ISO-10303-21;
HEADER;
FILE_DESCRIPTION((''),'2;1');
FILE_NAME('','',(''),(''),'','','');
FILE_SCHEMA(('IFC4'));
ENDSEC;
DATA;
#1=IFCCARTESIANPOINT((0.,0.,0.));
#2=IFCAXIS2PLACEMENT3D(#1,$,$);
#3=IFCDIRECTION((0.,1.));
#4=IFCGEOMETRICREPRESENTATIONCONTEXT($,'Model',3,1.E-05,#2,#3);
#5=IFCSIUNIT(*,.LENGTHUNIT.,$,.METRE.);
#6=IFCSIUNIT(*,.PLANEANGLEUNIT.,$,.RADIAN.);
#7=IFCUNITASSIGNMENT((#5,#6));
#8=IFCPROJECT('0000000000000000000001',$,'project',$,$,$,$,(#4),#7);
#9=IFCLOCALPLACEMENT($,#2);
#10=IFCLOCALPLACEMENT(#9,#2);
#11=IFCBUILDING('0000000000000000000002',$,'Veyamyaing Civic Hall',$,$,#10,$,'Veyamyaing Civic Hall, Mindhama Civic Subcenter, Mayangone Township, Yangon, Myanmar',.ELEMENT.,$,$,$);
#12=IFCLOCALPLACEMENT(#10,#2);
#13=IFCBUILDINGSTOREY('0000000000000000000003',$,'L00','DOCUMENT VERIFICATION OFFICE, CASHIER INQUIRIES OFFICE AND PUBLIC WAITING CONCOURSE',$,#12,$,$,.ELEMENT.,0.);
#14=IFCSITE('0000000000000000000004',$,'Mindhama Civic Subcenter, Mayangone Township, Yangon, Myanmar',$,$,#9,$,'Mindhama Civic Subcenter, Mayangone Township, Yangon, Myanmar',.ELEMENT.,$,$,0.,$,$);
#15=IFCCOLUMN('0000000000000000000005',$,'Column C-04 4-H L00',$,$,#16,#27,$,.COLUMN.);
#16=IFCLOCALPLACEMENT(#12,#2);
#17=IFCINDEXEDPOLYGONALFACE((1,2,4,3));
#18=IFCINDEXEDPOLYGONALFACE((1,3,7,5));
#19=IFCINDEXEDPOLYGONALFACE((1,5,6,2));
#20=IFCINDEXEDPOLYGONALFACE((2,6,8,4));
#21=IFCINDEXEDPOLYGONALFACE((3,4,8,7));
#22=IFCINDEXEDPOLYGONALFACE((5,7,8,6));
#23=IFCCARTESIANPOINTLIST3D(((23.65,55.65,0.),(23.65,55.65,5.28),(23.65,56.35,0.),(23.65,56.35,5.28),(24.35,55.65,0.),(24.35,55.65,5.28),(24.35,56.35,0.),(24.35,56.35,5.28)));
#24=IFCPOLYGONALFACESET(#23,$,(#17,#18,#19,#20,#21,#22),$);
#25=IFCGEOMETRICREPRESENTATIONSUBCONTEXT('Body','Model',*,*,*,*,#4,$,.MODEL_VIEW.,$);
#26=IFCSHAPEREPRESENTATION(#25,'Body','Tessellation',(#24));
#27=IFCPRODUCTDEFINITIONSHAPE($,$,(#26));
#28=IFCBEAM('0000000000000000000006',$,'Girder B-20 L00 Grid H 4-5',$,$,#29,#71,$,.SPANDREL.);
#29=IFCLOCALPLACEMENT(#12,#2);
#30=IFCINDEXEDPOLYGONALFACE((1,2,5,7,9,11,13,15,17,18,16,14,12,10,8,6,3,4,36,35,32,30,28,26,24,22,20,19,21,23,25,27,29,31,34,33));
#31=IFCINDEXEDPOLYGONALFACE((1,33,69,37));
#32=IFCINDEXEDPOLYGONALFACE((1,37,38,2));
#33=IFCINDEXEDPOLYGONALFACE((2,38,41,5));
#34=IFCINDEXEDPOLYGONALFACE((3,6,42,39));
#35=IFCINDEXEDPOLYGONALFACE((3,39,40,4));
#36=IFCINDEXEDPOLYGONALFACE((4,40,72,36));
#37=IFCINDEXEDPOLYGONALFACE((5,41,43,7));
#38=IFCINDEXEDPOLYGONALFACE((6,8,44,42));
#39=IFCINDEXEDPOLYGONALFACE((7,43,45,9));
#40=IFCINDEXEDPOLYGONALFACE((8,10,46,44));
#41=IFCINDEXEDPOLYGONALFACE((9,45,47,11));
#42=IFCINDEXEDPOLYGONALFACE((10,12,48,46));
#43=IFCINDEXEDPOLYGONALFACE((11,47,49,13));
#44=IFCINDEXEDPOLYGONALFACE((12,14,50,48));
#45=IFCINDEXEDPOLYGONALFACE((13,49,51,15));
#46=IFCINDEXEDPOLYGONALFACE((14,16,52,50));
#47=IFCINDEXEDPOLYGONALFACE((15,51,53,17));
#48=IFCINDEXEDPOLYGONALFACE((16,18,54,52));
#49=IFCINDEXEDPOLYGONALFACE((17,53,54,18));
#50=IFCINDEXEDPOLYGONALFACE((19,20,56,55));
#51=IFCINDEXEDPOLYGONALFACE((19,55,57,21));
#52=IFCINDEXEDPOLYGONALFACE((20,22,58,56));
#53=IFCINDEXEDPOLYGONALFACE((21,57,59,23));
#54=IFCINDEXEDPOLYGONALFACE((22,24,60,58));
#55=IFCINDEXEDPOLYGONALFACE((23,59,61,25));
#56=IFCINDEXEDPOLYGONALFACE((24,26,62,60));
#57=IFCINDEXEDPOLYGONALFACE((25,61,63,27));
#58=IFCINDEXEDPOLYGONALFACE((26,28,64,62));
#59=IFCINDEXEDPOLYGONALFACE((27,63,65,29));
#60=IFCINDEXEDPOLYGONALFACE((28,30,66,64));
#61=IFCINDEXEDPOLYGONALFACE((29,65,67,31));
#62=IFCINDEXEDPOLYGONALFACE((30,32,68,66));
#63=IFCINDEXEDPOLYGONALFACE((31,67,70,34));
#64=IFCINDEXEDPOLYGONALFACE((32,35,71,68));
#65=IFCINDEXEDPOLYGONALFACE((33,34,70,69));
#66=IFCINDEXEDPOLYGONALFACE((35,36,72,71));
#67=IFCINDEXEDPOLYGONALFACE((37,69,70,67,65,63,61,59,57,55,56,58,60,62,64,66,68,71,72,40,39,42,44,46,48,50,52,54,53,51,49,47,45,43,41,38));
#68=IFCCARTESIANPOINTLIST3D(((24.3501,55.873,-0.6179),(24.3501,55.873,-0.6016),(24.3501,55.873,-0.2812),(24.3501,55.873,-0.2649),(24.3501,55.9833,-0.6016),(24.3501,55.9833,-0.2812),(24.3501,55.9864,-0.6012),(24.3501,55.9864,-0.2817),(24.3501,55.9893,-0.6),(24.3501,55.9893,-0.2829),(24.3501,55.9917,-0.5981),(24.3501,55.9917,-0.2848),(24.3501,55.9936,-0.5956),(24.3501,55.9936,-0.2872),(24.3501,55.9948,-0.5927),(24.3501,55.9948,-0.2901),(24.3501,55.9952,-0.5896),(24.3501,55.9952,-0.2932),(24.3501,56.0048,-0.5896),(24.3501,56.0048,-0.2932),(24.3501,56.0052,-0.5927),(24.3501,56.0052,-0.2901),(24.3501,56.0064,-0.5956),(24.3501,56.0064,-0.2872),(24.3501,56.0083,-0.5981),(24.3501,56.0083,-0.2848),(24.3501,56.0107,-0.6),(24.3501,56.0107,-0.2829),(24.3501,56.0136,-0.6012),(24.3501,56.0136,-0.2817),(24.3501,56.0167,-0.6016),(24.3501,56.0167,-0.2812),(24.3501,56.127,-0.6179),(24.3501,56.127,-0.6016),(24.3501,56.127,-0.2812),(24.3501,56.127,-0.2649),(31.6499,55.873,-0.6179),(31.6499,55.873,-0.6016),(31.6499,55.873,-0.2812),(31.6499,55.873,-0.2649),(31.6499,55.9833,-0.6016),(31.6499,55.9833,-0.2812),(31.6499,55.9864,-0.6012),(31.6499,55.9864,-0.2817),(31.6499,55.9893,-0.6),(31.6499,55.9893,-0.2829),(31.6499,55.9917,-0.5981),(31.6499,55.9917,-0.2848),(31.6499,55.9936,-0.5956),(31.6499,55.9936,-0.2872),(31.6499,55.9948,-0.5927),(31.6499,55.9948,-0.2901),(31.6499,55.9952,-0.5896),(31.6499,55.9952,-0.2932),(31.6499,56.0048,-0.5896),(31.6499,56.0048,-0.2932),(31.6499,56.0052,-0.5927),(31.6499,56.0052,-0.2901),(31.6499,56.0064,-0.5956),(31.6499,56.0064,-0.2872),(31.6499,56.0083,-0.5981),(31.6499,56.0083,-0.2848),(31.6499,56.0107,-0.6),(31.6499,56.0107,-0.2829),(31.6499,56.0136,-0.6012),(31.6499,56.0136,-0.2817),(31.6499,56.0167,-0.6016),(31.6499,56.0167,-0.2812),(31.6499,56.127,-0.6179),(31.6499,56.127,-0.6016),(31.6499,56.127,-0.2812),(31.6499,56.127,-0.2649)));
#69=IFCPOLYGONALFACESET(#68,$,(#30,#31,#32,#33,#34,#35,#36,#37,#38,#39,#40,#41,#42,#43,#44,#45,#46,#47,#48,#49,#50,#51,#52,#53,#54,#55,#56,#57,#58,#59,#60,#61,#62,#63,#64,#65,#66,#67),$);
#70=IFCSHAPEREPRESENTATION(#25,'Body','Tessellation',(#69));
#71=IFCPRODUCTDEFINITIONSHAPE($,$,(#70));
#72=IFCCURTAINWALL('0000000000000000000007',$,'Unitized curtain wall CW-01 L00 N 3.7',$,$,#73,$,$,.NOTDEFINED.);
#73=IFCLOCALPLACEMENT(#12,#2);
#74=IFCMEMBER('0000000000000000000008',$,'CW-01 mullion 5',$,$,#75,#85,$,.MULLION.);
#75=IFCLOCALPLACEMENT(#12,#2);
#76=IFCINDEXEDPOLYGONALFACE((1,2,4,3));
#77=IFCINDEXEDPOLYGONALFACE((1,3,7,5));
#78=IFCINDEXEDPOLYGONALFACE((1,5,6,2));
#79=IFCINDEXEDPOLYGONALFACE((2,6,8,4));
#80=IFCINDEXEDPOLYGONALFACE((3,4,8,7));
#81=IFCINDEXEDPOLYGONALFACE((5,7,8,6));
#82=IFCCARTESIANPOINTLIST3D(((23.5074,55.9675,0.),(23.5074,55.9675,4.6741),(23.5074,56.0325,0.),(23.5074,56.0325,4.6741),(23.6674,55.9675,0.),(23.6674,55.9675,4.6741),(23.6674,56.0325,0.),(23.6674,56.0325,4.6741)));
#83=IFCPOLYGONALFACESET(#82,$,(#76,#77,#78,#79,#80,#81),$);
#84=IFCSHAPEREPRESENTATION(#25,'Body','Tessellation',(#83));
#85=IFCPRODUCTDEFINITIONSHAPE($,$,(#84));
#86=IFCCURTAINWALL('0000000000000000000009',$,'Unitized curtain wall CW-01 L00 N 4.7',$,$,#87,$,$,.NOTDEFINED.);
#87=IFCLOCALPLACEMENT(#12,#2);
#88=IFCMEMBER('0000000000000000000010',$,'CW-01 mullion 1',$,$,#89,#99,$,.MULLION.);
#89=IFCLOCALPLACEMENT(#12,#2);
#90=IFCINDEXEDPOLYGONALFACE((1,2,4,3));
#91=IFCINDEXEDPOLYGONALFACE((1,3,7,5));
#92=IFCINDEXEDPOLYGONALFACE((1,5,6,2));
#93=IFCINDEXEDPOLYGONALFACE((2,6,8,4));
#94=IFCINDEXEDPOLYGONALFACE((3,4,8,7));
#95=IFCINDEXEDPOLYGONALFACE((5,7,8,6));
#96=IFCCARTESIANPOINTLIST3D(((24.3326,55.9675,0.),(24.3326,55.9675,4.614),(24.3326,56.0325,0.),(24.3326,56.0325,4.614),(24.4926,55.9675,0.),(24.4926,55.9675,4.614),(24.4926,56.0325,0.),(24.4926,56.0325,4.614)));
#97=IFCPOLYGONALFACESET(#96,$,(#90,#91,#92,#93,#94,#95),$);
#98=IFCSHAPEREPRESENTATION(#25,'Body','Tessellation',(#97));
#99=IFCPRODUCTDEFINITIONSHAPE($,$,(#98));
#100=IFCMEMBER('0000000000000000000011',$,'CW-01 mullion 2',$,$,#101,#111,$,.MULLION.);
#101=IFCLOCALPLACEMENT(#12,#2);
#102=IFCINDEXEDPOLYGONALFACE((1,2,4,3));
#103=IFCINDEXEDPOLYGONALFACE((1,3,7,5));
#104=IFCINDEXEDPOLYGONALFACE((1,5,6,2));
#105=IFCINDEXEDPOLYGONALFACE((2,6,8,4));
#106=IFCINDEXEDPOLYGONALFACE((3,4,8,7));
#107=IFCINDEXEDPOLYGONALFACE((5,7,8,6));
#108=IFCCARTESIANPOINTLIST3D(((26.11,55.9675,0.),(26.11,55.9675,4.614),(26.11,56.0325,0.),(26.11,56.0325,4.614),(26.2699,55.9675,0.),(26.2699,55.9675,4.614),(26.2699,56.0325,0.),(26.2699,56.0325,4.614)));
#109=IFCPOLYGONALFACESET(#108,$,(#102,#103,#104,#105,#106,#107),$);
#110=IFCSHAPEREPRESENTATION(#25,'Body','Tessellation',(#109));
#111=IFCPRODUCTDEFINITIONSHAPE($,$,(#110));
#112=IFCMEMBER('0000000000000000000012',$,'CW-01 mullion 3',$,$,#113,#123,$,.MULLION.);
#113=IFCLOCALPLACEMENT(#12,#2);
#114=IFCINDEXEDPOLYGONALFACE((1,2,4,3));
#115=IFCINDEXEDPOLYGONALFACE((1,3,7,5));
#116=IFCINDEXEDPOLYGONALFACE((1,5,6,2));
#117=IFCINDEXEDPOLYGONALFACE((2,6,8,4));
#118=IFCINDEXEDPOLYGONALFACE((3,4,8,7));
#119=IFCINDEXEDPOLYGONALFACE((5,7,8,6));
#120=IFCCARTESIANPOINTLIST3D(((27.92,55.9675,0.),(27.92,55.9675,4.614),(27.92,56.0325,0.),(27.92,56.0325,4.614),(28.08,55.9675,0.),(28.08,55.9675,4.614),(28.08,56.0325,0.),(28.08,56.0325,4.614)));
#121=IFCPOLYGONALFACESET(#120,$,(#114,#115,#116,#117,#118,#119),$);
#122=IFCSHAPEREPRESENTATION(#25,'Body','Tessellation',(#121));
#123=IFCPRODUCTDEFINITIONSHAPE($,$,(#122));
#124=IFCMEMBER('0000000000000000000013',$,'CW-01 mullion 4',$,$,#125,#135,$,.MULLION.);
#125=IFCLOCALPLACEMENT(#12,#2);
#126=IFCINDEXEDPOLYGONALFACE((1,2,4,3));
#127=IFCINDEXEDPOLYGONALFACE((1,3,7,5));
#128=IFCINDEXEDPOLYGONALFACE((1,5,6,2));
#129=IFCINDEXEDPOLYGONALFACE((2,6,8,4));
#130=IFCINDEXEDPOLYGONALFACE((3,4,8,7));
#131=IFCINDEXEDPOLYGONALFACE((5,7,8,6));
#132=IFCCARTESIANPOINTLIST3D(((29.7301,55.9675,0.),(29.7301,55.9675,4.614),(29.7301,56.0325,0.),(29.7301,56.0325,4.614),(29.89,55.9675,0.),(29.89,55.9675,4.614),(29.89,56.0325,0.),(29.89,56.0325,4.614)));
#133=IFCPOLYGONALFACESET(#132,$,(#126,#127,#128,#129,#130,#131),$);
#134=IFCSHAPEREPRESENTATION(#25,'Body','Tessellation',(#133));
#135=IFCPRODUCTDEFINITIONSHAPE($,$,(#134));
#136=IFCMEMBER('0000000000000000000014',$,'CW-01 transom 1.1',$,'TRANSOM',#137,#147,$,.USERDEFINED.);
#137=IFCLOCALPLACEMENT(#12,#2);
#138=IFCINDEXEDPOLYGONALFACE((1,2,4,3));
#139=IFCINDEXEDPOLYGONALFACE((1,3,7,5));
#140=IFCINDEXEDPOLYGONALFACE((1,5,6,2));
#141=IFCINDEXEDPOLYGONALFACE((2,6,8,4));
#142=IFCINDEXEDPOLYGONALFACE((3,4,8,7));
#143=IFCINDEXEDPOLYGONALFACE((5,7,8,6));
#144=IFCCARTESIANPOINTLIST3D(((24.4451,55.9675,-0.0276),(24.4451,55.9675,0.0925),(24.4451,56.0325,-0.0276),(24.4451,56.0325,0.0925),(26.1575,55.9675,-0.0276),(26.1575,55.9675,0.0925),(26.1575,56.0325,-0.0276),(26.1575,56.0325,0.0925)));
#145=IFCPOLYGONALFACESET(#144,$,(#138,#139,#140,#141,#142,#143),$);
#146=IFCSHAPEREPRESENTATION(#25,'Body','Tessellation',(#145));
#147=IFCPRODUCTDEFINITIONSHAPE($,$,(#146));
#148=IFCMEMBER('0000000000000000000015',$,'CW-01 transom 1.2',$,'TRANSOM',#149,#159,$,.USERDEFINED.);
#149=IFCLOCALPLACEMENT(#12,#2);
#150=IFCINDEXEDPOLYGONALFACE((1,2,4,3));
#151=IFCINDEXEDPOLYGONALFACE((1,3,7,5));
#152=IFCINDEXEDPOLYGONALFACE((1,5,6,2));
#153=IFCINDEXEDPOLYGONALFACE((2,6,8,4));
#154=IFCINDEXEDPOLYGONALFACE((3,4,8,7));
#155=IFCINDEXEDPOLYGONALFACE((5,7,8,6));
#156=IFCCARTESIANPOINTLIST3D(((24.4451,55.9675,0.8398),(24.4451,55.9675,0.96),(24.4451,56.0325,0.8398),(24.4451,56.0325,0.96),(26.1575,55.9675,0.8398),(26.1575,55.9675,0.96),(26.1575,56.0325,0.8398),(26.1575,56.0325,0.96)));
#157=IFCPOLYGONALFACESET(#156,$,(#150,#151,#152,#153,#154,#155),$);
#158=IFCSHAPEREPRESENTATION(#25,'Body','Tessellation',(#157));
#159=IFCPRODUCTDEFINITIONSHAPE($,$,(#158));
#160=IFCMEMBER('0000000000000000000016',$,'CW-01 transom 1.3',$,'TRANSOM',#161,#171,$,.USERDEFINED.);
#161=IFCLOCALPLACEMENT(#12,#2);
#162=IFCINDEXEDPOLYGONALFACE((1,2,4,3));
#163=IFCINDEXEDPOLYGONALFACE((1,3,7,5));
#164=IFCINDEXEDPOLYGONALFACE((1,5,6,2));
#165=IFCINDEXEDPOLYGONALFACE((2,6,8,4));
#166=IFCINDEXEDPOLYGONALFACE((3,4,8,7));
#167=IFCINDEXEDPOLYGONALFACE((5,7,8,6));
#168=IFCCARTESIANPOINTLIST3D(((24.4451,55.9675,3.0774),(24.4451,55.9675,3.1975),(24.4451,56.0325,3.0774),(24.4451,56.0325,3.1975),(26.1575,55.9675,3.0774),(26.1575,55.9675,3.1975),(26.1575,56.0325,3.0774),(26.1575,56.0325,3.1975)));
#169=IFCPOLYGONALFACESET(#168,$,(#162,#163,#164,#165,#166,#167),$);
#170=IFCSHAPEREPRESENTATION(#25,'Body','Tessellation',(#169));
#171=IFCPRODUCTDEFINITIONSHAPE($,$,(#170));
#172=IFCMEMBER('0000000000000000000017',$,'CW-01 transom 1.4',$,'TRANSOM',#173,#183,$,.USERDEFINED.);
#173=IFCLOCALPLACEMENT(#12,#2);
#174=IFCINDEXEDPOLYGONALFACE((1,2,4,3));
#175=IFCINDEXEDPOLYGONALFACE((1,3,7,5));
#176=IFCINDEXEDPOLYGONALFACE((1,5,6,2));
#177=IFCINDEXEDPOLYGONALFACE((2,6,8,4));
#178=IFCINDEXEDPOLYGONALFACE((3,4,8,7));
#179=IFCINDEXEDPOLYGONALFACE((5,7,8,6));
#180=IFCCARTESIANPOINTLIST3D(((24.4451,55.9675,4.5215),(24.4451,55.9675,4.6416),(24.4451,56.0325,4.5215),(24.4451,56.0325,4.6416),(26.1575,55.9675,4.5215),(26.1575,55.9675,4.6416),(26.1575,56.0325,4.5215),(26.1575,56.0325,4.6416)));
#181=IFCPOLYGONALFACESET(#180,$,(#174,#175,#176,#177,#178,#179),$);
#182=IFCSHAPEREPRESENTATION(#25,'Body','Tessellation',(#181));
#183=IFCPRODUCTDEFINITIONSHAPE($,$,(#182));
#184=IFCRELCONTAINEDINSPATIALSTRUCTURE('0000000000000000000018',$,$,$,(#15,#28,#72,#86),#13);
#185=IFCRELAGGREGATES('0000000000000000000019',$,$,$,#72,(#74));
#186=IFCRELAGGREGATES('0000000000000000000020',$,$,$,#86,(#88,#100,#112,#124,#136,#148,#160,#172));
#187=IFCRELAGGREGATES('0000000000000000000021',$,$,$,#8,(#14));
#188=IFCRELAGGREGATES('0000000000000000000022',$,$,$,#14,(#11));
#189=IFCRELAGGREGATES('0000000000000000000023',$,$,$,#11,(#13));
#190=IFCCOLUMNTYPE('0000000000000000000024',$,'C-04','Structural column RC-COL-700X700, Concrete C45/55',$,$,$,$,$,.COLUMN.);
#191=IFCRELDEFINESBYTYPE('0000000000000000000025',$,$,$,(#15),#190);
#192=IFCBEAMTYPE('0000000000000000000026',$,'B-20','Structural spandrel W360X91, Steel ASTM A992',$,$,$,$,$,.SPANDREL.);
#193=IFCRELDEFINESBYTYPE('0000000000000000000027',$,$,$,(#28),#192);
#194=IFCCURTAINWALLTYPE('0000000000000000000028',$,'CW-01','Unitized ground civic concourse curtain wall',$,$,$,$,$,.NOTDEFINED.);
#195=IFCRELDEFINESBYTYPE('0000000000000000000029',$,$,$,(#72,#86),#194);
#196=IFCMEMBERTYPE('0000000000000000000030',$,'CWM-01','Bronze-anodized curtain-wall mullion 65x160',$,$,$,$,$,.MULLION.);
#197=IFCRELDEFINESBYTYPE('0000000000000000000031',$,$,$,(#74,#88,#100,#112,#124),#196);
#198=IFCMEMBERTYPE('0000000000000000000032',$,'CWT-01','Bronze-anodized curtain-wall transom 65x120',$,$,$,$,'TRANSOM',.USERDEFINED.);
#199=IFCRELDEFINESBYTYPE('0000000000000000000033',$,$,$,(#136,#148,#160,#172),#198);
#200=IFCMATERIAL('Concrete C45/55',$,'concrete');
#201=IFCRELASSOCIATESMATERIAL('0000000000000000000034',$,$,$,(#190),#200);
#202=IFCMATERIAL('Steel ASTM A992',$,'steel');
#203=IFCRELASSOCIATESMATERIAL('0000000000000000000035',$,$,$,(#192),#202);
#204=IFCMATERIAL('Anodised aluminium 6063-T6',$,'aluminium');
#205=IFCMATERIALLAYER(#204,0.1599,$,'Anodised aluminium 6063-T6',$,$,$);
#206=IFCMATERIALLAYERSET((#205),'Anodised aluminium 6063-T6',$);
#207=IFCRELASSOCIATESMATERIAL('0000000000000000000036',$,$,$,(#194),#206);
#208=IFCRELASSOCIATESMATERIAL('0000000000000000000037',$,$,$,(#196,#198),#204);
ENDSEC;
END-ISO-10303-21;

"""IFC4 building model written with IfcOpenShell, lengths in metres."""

from ifc_helpers import new_model, si_unit, direction, frame, origin, origin_2d, place, context, subcontext, project, spatial, rectangle, i_section, extrude, material, layer, layer_set, material_profile, profile_set, type_object, element, aggregate, save


model = new_model("IFC4")

# Units and contexts
model_context = context("Model", 3, precision=1e-05, world=origin(), true_north=direction((0.0, 1.0)))
body_context = subcontext(model_context, "Body", "Model", "MODEL_VIEW")
ifc_project = project(units=[si_unit("LENGTHUNIT", "METRE"), si_unit("PLANEANGLEUNIT", "RADIAN")], contexts=[model_context])

# Site, building, storey
site_placement = place(None, origin())
site = spatial("IfcSite", under=ifc_project, at=site_placement, Name="Mindhama Civic Subcenter, Mayangone Township, Yangon, Myanmar", LongName="Mindhama Civic Subcenter, Mayangone Township, Yangon, Myanmar", CompositionType="ELEMENT", RefElevation=0.0)
building_placement = place(site_placement, origin())
building = spatial("IfcBuilding", under=site, at=building_placement, Name="Veyamyaing Civic Hall", LongName="Veyamyaing Civic Hall, Mindhama Civic Subcenter, Mayangone Township, Yangon, Myanmar", CompositionType="ELEMENT")
storey_placement = place(building_placement, origin())
storey = spatial("IfcBuildingStorey", under=building, at=storey_placement, Name="L00", Description="DOCUMENT VERIFICATION OFFICE, CASHIER INQUIRIES OFFICE AND PUBLIC WAITING CONCOURSE", CompositionType="ELEMENT", Elevation=0.0)

# Column
ifc_material_1 = material(Name="Concrete C45/55", Category="concrete")
ifc_material_profile_1 = material_profile(ifc_material_1, rectangle(XDim=0.7, YDim=0.7, at=origin_2d()), Name="RC-COL-700X700")
ifc_profile_set_1 = profile_set([ifc_material_profile_1], Name="Concrete C45/55")
column_type = type_object("IfcColumnType", Name="C-04", Description="Structural column RC-COL-700X700, Concrete C45/55", PredefinedType="COLUMN", material=ifc_profile_set_1)
column_placement = place(storey_placement, frame((24.0, 56.0, 0.0), z_axis=(0.0, 0.0, 1.0), x_axis=(1.0, 0.0, 0.0)))
element("IfcColumn", 1, at=column_placement, inside=storey, type_object=column_type, Name="Column C-04 4-H L00", PredefinedType="COLUMN", context=body_context, shape_type="SweptSolid", body=[
    extrude(rectangle(XDim=0.7, YDim=0.7, at=origin_2d()), origin(), (0.0, 0.0, 1.0), 5.28),
])

# Beam
ifc_material_2 = material(Name="Steel ASTM A992", Category="steel")
ifc_material_profile_2 = material_profile(ifc_material_2, i_section(OverallWidth=0.2539, OverallDepth=0.353, WebThickness=0.0095, FlangeThickness=0.0164, FilletRadius=0.012, at=origin_2d()), Name="W360X91")
ifc_profile_set_2 = profile_set([ifc_material_profile_2], Name="Steel ASTM A992")
beam_type = type_object("IfcBeamType", Name="B-20", Description="Structural spandrel W360X91, Steel ASTM A992", PredefinedType="SPANDREL", material=ifc_profile_set_2)
beam_placement = place(storey_placement, frame((24.3501, 56.0, -0.4414), z_axis=(1.0, 0.0, 0.0), x_axis=(0.0, 1.0, 0.0)))
element("IfcBeam", 2, at=beam_placement, inside=storey, type_object=beam_type, Name="Girder B-20 L00 Grid H 4-5", PredefinedType="SPANDREL", context=body_context, shape_type="SweptSolid", body=[
    extrude(i_section(OverallWidth=0.2539, OverallDepth=0.353, WebThickness=0.0095, FlangeThickness=0.0164, FilletRadius=0.012, at=origin_2d()), origin(), (0.0, 0.0, 1.0), 7.2998),
])

# Curtain wall, member
ifc_material_3 = material(Name="Anodised aluminium 6063-T6", Category="aluminium")
ifc_layer_1 = layer(ifc_material_3, 0.1599, Name="Anodised aluminium 6063-T6")
ifc_layer_set_1 = layer_set([ifc_layer_1], Name="Anodised aluminium 6063-T6")
curtain_wall_type = type_object("IfcCurtainWallType", Name="CW-01", Description="Unitized ground civic concourse curtain wall", PredefinedType="NOTDEFINED", material=ifc_layer_set_1)
curtain_wall_1_placement = place(storey_placement, origin())
curtain_wall_1 = element("IfcCurtainWall", 3, at=curtain_wall_1_placement, inside=storey, type_object=curtain_wall_type, Name="Unitized curtain wall CW-01 L00 N 3.7", PredefinedType="NOTDEFINED")
ifc_material_profile_3 = material_profile(ifc_material_3, rectangle(XDim=0.0649, YDim=0.1599, at=origin_2d()), Name="ALU-MUL-65X160")
ifc_profile_set_3 = profile_set([ifc_material_profile_3], Name="Anodised aluminium 6063-T6")
member_type_1 = type_object("IfcMemberType", Name="CWM-01", Description="Bronze-anodized curtain-wall mullion 65x160", PredefinedType="MULLION", material=ifc_profile_set_3)
member_1_placement = place(storey_placement, frame((23.5874, 56.0, 0.0), z_axis=(0.0, 0.0, 1.0), x_axis=(0.0, 1.0, 0.0)))
member_1 = element("IfcMember", 4, at=member_1_placement, type_object=member_type_1, Name="CW-01 mullion 5", PredefinedType="MULLION", context=body_context, shape_type="SweptSolid", body=[
    extrude(rectangle(XDim=0.0649, YDim=0.1599, at=origin_2d()), origin(), (0.0, 0.0, 1.0), 4.6741),
])
aggregate(curtain_wall_1, [member_1])

# Curtain wall, members
curtain_wall_2_placement = place(storey_placement, origin())
curtain_wall_2 = element("IfcCurtainWall", 5, at=curtain_wall_2_placement, inside=storey, type_object=curtain_wall_type, Name="Unitized curtain wall CW-01 L00 N 4.7", PredefinedType="NOTDEFINED")
member_2_placement = place(storey_placement, frame((24.4126, 56.0, 0.0), z_axis=(0.0, 0.0, 1.0), x_axis=(0.0, 1.0, 0.0)))
member_2 = element("IfcMember", 6, at=member_2_placement, type_object=member_type_1, Name="CW-01 mullion 1", PredefinedType="MULLION", context=body_context, shape_type="SweptSolid", body=[
    extrude(rectangle(XDim=0.0649, YDim=0.1599, at=origin_2d()), origin(), (0.0, 0.0, 1.0), 4.614),
])
member_3_placement = place(storey_placement, frame((26.1899, 56.0, 0.0), z_axis=(0.0, 0.0, 1.0), x_axis=(0.0, 1.0, 0.0)))
member_3 = element("IfcMember", 7, at=member_3_placement, type_object=member_type_1, Name="CW-01 mullion 2", PredefinedType="MULLION", context=body_context, shape_type="SweptSolid", body=[
    extrude(rectangle(XDim=0.0649, YDim=0.1599, at=origin_2d()), origin(), (0.0, 0.0, 1.0), 4.614),
])
member_4_placement = place(storey_placement, frame((28.0, 56.0, 0.0), z_axis=(0.0, 0.0, 1.0), x_axis=(0.0, 1.0, 0.0)))
member_4 = element("IfcMember", 8, at=member_4_placement, type_object=member_type_1, Name="CW-01 mullion 3", PredefinedType="MULLION", context=body_context, shape_type="SweptSolid", body=[
    extrude(rectangle(XDim=0.0649, YDim=0.1599, at=origin_2d()), origin(), (0.0, 0.0, 1.0), 4.614),
])
member_5_placement = place(storey_placement, frame((29.8101, 56.0, 0.0), z_axis=(0.0, 0.0, 1.0), x_axis=(0.0, 1.0, 0.0)))
member_5 = element("IfcMember", 9, at=member_5_placement, type_object=member_type_1, Name="CW-01 mullion 4", PredefinedType="MULLION", context=body_context, shape_type="SweptSolid", body=[
    extrude(rectangle(XDim=0.0649, YDim=0.1599, at=origin_2d()), origin(), (0.0, 0.0, 1.0), 4.614),
])
ifc_material_profile_4 = material_profile(ifc_material_3, rectangle(XDim=0.0649, YDim=0.1201, at=origin_2d()), Name="ALU-TRN-65X120")
ifc_profile_set_4 = profile_set([ifc_material_profile_4], Name="Anodised aluminium 6063-T6")
member_type_2 = type_object("IfcMemberType", Name="CWT-01", Description="Bronze-anodized curtain-wall transom 65x120", ElementType="TRANSOM", PredefinedType="USERDEFINED", material=ifc_profile_set_4)
member_6_placement = place(storey_placement, frame((24.4451, 56.0, 0.0325), z_axis=(1.0, 0.0, 0.0), x_axis=(0.0, 1.0, 0.0)))
member_6 = element("IfcMember", 10, at=member_6_placement, type_object=member_type_2, Name="CW-01 transom 1.1", ObjectType="TRANSOM", PredefinedType="USERDEFINED", context=body_context, shape_type="SweptSolid", body=[
    extrude(rectangle(XDim=0.0649, YDim=0.1201, at=origin_2d()), origin(), (0.0, 0.0, 1.0), 1.7124),
])
member_7_placement = place(storey_placement, frame((24.4451, 56.0, 0.8999), z_axis=(1.0, 0.0, 0.0), x_axis=(0.0, 1.0, 0.0)))
member_7 = element("IfcMember", 11, at=member_7_placement, type_object=member_type_2, Name="CW-01 transom 1.2", ObjectType="TRANSOM", PredefinedType="USERDEFINED", context=body_context, shape_type="SweptSolid", body=[
    extrude(rectangle(XDim=0.0649, YDim=0.1201, at=origin_2d()), origin(), (0.0, 0.0, 1.0), 1.7124),
])
member_8_placement = place(storey_placement, frame((24.4451, 56.0, 3.1375), z_axis=(1.0, 0.0, 0.0), x_axis=(0.0, 1.0, 0.0)))
member_8 = element("IfcMember", 12, at=member_8_placement, type_object=member_type_2, Name="CW-01 transom 1.3", ObjectType="TRANSOM", PredefinedType="USERDEFINED", context=body_context, shape_type="SweptSolid", body=[
    extrude(rectangle(XDim=0.0649, YDim=0.1201, at=origin_2d()), origin(), (0.0, 0.0, 1.0), 1.7124),
])
member_9_placement = place(storey_placement, frame((24.4451, 56.0, 4.5815), z_axis=(1.0, 0.0, 0.0), x_axis=(0.0, 1.0, 0.0)))
member_9 = element("IfcMember", 13, at=member_9_placement, type_object=member_type_2, Name="CW-01 transom 1.4", ObjectType="TRANSOM", PredefinedType="USERDEFINED", context=body_context, shape_type="SweptSolid", body=[
    extrude(rectangle(XDim=0.0649, YDim=0.1201, at=origin_2d()), origin(), (0.0, 0.0, 1.0), 1.7124),
])
aggregate(curtain_wall_2, [member_2, member_3, member_4, member_5, member_6, member_7, member_8, member_9])

save(model, "model.ifc")
